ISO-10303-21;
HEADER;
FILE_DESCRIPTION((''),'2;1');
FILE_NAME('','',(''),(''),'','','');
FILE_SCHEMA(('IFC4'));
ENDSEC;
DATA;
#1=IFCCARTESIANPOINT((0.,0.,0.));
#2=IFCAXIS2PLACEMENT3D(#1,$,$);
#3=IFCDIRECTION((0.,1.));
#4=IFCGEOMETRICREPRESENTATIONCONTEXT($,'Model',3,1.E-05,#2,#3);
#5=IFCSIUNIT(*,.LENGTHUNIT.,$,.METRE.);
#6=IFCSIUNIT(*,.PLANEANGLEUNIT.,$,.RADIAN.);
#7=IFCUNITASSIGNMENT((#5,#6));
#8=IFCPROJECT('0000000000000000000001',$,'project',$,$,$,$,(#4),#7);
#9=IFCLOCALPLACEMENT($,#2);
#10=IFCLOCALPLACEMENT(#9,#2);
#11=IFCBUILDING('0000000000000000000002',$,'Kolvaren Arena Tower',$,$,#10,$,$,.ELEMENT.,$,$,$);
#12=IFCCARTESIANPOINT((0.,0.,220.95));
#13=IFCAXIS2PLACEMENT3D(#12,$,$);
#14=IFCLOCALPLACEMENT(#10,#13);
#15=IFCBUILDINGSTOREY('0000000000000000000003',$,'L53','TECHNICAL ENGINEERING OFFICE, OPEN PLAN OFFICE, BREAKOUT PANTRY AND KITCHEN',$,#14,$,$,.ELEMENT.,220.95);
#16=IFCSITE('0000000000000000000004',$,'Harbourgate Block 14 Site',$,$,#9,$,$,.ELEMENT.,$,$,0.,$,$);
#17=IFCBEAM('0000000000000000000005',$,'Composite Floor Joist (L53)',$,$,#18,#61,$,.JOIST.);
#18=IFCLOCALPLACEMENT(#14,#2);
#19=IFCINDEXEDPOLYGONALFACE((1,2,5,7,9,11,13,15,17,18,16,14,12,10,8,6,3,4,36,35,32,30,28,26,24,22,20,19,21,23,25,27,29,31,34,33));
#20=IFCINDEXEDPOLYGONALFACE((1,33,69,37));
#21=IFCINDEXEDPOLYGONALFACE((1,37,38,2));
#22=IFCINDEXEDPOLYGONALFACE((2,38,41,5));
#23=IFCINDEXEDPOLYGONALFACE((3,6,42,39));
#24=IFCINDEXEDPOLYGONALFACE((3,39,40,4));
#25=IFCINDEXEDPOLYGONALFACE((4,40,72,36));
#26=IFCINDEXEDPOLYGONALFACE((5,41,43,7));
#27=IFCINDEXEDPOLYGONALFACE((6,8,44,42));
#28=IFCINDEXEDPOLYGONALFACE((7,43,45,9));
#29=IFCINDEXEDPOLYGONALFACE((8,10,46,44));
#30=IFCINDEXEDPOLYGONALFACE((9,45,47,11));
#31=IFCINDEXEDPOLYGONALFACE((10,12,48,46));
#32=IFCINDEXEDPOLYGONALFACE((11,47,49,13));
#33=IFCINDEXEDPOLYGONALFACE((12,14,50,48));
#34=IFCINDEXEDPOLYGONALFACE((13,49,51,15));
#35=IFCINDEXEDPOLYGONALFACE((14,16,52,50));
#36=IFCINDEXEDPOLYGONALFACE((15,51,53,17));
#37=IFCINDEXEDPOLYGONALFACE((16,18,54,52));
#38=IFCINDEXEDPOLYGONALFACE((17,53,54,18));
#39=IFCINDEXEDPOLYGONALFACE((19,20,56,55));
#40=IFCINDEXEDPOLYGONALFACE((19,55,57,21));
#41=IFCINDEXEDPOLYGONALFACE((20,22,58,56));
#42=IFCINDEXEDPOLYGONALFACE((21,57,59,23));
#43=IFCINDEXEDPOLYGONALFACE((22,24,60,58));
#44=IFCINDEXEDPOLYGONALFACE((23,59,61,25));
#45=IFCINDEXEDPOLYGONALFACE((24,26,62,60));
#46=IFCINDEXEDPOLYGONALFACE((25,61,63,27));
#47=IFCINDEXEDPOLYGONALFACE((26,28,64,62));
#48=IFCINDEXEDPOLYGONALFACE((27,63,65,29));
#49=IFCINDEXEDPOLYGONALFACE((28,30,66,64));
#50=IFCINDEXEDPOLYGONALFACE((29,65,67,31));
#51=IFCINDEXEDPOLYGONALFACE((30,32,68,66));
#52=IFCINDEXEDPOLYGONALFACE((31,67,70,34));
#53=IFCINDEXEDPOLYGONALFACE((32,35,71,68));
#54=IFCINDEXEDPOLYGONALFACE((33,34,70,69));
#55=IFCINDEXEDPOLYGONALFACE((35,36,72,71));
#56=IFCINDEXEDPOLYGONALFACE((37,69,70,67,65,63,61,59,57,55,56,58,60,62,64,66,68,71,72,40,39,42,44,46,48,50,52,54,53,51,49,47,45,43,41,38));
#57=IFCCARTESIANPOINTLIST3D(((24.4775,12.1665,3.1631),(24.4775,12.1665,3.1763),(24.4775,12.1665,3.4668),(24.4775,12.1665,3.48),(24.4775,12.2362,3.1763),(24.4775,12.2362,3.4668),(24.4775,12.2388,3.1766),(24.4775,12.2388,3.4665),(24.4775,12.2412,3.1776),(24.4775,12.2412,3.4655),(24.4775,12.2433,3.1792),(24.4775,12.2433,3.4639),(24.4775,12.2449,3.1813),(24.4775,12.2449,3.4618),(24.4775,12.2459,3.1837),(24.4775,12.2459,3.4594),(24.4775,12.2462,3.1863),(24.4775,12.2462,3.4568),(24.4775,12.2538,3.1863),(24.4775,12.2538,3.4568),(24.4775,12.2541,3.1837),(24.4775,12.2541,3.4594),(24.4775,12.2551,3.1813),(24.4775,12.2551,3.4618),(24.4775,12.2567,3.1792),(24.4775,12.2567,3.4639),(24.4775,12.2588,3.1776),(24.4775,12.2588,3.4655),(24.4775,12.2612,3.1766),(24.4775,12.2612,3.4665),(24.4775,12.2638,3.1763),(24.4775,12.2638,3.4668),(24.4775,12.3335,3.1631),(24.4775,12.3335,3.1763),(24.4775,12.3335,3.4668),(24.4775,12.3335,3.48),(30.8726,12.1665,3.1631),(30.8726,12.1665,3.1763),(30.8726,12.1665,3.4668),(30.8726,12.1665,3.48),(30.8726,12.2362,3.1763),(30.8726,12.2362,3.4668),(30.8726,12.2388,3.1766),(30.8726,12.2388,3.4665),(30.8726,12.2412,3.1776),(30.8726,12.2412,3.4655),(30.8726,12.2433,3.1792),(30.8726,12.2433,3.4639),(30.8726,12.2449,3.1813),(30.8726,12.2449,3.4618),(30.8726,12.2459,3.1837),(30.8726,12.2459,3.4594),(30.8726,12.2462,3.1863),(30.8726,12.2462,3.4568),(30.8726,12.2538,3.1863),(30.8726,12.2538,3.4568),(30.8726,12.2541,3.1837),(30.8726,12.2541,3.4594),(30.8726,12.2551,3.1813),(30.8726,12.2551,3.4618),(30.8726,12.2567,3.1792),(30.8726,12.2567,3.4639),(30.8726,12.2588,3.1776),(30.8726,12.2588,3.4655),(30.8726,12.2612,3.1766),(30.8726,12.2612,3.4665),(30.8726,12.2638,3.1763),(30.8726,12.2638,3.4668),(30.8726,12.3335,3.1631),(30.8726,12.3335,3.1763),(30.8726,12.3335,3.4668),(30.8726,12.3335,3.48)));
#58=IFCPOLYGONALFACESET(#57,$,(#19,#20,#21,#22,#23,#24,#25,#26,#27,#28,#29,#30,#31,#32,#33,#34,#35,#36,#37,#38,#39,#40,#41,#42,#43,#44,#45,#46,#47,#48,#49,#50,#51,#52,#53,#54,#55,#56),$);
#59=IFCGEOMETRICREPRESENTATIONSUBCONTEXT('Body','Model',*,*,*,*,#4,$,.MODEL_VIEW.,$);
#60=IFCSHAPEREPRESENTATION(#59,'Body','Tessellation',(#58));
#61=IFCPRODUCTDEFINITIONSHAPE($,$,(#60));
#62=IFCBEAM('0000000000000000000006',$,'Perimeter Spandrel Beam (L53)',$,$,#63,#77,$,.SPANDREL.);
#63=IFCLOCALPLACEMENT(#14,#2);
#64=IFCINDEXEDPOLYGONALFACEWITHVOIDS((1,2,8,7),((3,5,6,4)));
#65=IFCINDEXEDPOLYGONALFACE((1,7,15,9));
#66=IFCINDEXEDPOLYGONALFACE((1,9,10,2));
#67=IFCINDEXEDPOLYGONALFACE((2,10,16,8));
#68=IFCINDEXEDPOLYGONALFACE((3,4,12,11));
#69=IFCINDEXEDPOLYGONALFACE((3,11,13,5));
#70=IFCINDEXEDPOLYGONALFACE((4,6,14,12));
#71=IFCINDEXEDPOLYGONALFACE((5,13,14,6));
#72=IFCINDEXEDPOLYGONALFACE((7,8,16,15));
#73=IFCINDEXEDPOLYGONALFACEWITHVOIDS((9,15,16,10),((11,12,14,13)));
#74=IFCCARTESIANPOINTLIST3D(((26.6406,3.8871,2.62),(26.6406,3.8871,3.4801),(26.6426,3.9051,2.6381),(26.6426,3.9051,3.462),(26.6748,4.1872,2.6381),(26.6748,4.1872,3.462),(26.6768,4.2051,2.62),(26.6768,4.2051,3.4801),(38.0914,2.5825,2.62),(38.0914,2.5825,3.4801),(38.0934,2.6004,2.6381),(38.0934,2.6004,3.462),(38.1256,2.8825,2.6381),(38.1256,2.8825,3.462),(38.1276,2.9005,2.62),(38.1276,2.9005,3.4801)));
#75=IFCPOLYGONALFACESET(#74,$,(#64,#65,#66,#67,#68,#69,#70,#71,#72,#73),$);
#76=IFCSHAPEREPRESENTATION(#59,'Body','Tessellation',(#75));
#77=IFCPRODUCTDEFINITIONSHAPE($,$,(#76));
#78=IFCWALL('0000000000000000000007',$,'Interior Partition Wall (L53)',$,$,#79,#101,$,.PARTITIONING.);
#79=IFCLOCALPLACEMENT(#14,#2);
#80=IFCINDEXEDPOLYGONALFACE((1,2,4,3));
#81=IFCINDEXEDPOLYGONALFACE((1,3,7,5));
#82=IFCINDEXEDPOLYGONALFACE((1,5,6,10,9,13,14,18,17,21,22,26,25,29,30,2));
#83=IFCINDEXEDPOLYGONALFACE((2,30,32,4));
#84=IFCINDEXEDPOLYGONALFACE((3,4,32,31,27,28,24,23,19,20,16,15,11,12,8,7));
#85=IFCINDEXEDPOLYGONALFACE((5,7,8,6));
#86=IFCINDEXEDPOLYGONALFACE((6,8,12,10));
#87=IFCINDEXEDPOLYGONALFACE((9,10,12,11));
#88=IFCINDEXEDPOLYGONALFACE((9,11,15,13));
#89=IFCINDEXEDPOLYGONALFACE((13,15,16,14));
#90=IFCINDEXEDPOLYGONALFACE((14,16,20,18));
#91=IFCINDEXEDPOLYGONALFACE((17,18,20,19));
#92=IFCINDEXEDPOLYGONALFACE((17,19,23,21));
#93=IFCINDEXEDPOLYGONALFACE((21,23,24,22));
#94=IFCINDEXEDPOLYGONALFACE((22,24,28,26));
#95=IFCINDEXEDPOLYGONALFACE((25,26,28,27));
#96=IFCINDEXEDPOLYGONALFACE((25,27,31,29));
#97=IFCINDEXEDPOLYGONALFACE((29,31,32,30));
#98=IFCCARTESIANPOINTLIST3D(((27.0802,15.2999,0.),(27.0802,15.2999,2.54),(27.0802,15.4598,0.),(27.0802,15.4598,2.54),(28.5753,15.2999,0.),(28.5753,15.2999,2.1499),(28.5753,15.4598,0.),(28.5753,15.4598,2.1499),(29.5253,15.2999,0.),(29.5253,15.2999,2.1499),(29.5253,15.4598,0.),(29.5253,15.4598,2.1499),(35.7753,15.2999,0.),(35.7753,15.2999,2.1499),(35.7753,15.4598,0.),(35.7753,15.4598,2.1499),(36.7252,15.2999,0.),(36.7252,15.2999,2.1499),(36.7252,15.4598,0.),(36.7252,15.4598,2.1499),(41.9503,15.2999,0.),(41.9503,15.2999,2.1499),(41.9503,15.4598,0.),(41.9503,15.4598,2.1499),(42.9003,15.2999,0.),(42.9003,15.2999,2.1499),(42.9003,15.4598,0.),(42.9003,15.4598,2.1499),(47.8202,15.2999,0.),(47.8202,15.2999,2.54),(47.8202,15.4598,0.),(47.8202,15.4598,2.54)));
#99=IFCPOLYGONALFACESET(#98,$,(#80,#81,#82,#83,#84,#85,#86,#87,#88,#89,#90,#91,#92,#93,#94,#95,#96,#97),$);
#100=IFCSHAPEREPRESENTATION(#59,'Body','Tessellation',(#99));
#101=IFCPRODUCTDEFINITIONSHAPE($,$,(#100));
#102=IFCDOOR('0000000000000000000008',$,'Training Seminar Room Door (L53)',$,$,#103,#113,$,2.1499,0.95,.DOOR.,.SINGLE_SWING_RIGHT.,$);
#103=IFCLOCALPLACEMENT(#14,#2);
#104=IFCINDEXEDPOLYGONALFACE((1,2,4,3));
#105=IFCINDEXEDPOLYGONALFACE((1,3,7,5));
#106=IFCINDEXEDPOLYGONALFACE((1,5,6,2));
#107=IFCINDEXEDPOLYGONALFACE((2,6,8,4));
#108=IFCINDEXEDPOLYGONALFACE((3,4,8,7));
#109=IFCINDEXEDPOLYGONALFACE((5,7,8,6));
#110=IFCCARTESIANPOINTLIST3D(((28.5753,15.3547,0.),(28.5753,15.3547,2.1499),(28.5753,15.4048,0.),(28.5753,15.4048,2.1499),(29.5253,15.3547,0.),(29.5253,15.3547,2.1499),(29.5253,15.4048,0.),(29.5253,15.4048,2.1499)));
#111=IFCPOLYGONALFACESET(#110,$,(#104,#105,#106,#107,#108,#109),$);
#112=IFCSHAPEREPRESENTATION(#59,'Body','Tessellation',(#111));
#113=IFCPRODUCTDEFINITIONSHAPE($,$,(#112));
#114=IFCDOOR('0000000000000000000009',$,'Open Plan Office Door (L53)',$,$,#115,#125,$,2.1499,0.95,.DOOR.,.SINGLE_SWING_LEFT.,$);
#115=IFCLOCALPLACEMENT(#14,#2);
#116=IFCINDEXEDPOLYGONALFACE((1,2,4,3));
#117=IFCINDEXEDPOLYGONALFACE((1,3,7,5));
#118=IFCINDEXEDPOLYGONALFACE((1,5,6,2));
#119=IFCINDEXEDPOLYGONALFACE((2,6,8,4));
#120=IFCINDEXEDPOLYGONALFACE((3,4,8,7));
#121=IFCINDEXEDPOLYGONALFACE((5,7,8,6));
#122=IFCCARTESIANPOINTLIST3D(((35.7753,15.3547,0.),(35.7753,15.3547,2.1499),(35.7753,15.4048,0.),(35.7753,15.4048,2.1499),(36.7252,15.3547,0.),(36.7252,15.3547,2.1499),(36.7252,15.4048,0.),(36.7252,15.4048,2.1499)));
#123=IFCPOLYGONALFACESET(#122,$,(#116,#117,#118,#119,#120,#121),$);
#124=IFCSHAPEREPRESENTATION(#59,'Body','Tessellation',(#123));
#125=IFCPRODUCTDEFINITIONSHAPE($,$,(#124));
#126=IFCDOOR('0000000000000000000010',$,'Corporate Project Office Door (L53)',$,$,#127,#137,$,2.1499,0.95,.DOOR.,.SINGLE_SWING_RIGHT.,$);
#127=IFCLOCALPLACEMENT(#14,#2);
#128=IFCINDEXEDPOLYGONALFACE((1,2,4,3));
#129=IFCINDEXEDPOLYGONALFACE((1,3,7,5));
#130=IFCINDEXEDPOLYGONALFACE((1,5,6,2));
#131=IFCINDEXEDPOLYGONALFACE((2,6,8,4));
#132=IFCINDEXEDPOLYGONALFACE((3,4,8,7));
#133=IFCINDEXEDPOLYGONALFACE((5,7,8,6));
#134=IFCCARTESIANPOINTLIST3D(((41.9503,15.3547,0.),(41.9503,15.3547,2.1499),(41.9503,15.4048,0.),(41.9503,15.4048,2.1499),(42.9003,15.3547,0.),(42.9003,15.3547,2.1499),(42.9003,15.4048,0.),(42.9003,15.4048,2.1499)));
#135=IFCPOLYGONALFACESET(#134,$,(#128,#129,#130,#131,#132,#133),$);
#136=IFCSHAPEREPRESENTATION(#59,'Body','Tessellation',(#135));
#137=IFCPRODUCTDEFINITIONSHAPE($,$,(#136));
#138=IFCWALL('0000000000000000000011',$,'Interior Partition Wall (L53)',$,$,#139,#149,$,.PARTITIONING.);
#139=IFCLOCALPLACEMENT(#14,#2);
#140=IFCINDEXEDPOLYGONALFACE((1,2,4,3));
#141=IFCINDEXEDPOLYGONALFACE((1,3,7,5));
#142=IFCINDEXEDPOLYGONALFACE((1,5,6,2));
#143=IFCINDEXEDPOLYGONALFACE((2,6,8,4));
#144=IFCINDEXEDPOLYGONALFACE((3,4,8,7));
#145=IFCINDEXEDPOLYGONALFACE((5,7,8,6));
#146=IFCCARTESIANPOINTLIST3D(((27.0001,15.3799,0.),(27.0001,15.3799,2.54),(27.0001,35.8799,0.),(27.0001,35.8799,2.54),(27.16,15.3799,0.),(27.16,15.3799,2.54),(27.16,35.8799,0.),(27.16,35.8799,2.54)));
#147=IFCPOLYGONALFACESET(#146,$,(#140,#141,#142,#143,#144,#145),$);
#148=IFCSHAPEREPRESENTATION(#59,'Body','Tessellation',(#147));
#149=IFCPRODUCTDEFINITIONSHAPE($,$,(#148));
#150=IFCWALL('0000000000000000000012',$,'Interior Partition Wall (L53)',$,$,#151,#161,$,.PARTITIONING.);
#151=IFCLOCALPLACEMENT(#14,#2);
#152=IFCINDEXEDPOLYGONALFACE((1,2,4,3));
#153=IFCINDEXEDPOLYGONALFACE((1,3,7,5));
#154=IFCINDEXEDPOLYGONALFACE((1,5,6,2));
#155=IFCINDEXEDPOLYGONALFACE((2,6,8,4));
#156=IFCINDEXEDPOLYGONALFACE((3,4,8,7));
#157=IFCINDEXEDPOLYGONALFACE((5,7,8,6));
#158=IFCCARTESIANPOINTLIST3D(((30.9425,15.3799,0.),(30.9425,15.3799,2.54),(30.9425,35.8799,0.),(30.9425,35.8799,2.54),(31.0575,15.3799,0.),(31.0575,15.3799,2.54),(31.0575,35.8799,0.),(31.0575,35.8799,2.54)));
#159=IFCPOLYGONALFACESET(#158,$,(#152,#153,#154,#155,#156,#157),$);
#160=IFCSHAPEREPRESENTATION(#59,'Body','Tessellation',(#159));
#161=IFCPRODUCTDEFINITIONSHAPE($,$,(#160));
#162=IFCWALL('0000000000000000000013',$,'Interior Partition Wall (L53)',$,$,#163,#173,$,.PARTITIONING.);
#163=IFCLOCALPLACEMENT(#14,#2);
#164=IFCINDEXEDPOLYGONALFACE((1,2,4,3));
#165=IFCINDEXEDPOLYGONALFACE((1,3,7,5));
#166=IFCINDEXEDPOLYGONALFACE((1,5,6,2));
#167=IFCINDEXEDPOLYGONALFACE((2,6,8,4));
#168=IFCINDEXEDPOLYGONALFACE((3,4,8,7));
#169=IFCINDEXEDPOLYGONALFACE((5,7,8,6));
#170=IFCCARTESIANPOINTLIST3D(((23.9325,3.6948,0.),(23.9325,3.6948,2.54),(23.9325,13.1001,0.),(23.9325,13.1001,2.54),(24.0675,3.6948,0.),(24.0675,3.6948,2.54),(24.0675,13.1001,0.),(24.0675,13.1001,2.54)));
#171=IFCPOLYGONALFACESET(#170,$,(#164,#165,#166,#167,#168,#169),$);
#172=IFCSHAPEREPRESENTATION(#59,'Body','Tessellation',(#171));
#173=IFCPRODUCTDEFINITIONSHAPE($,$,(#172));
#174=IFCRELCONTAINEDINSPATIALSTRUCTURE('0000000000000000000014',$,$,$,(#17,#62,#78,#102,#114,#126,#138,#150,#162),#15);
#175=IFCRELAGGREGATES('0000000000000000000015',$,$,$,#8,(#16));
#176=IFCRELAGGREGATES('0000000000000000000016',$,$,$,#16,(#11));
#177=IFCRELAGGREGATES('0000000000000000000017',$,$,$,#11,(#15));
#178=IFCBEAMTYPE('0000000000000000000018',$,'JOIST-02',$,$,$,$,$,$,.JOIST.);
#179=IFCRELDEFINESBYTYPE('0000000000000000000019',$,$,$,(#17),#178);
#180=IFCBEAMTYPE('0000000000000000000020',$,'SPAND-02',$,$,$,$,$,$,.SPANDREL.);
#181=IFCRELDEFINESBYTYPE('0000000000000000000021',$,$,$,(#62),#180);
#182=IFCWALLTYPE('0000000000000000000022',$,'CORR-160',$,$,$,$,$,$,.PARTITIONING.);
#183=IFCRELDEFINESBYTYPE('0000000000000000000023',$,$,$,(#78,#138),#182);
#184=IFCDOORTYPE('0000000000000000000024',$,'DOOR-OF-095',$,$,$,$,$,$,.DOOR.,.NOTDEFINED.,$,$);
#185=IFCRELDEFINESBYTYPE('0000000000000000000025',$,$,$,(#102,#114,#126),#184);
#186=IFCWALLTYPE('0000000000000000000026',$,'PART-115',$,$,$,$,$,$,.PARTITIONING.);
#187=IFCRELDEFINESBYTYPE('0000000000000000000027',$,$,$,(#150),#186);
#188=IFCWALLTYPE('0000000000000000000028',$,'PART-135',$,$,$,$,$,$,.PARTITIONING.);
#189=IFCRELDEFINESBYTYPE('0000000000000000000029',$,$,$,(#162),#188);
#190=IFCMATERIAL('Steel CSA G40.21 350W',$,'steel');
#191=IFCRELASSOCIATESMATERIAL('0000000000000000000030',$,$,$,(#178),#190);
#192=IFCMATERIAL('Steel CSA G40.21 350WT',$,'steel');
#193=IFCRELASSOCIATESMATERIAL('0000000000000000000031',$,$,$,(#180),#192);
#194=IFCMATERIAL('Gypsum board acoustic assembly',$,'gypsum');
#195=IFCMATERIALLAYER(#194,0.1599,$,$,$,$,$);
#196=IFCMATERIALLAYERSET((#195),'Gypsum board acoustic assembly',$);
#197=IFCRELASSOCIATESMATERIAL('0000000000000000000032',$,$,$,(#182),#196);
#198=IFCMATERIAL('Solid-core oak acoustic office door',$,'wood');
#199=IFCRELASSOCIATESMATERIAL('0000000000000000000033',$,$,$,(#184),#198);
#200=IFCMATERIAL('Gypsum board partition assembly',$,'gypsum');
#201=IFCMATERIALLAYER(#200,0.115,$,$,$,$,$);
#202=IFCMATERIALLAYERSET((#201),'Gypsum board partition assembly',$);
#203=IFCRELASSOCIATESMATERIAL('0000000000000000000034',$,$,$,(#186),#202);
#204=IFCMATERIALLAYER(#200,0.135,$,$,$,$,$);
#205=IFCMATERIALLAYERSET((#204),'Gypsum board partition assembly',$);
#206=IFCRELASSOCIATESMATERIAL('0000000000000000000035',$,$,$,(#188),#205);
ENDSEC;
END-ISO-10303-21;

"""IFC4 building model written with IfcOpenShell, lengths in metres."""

from ifc_helpers import new_model, si_unit, direction, frame, frame_2d, origin, origin_2d, place, context, subcontext, project, spatial, rectangle, hollow_rectangle, i_section, extrude, material, layer, layer_set, material_profile, profile_set, type_object, element, fill, save


model = new_model("IFC4")

# Units and contexts
model_context = context("Model", 3, precision=1e-05, world=origin(), true_north=direction((0.0, 1.0)))
body_context = subcontext(model_context, "Body", "Model", "MODEL_VIEW")
ifc_project = project(units=[si_unit("LENGTHUNIT", "METRE"), si_unit("PLANEANGLEUNIT", "RADIAN")], contexts=[model_context])

# Site, building, storey
site_placement = place(None, origin())
site = spatial("IfcSite", under=ifc_project, at=site_placement, Name="Harbourgate Block 14 Site", CompositionType="ELEMENT", RefElevation=0.0)
building_placement = place(site_placement, origin())
building = spatial("IfcBuilding", under=site, at=building_placement, Name="Kolvaren Arena Tower", CompositionType="ELEMENT")
storey_placement = place(building_placement, frame((0.0, 0.0, 220.95)))
storey = spatial("IfcBuildingStorey", under=building, at=storey_placement, Name="L53", Description="TECHNICAL ENGINEERING OFFICE, OPEN PLAN OFFICE, BREAKOUT PANTRY AND KITCHEN", CompositionType="ELEMENT", Elevation=220.95)

# Beams
ifc_material_1 = material(Name="Steel CSA G40.21 350W", Category="steel")
ifc_material_profile_1 = material_profile(ifc_material_1, i_section(OverallWidth=0.167, OverallDepth=0.3169, WebThickness=0.0076, FlangeThickness=0.0132, FilletRadius=0.01, at=origin_2d()), Name="W310x52")
ifc_profile_set_1 = profile_set([ifc_material_profile_1], Name="Steel CSA G40.21 350W")
beam_type_1 = type_object("IfcBeamType", Name="JOIST-02", PredefinedType="JOIST", material=ifc_profile_set_1)
beam_1_placement = place(storey_placement, frame((24.4775, 12.25, 3.3215), z_axis=(1.0, 0.0, 0.0), x_axis=(0.0, 1.0, 0.0)))
element("IfcBeam", 1, at=beam_1_placement, inside=storey, type_object=beam_type_1, Name="Composite Floor Joist (L53)", PredefinedType="JOIST", context=body_context, shape_type="SweptSolid", body=[
    extrude(i_section(OverallWidth=0.167, OverallDepth=0.3169, WebThickness=0.0076, FlangeThickness=0.0132, FilletRadius=0.01, at=origin_2d()), origin(), (0.0, 0.0, 1.0), 6.395),
])
ifc_material_2 = material(Name="Steel CSA G40.21 350WT", Category="steel")
ifc_material_profile_2 = material_profile(ifc_material_2, hollow_rectangle(XDim=0.3201, YDim=0.8601, WallThickness=0.0181, at=origin_2d()), Name="HSS 860x320x18")
ifc_profile_set_2 = profile_set([ifc_material_profile_2], Name="Steel CSA G40.21 350WT")
beam_type_2 = type_object("IfcBeamType", Name="SPAND-02", PredefinedType="SPANDREL", material=ifc_profile_set_2)
beam_2_placement = place(storey_placement, frame((26.6587, 4.0461, 3.05), z_axis=(0.993572, -0.113205, 0.0), x_axis=(0.113205, 0.993572, 0.0)))
element("IfcBeam", 2, at=beam_2_placement, inside=storey, type_object=beam_type_2, Name="Perimeter Spandrel Beam (L53)", PredefinedType="SPANDREL", context=body_context, shape_type="SweptSolid", body=[
    extrude(hollow_rectangle(XDim=0.3201, YDim=0.8601, WallThickness=0.0181, at=origin_2d()), origin(), (0.0, 0.0, 1.0), 11.5249),
])

# Wall, openings, doors
ifc_material_3 = material(Name="Gypsum board acoustic assembly", Category="gypsum")
ifc_layer_1 = layer(ifc_material_3, 0.1599)
ifc_layer_set_1 = layer_set([ifc_layer_1], Name="Gypsum board acoustic assembly")
wall_type_1 = type_object("IfcWallType", Name="CORR-160", PredefinedType="PARTITIONING", material=ifc_layer_set_1)
wall_1_placement = place(storey_placement, frame((27.0801, 15.3799, 0.0), z_axis=(0.0, 0.0, 1.0), x_axis=(1.0, 0.0, 0.0)))
wall_1 = element("IfcWall", 3, at=wall_1_placement, inside=storey, type_object=wall_type_1, Name="Interior Partition Wall (L53)", PredefinedType="PARTITIONING", context=body_context, shape_type="SweptSolid", body=[
    extrude(rectangle(XDim=20.74, YDim=0.1599, at=frame_2d((10.3701, 0.0))), origin(), (0.0, 0.0, 1.0), 2.54),
])
opening_1_placement = place(wall_1_placement, frame((1.4951, 0.0, 0.0)))
opening_1 = element("IfcOpeningElement", 4, at=opening_1_placement, cuts=wall_1, PredefinedType="OPENING", context=body_context, shape_type="SweptSolid", body=[
    extrude(rectangle(XDim=0.95, YDim=2.1499, at=frame_2d((0.4751, 1.075))), frame((0.0, 0.0898, 0.0), z_axis=(0.0, -1.0, 0.0), x_axis=(1.0, 0.0, 0.0)), (0.0, 0.0, 1.0), 0.1799),
])
opening_2_placement = place(wall_1_placement, frame((8.6951, 0.0, 0.0)))
opening_2 = element("IfcOpeningElement", 5, at=opening_2_placement, cuts=wall_1, PredefinedType="OPENING", context=body_context, shape_type="SweptSolid", body=[
    extrude(rectangle(XDim=0.95, YDim=2.1499, at=frame_2d((0.4751, 1.075))), frame((0.0, 0.0898, 0.0), z_axis=(0.0, -1.0, 0.0), x_axis=(1.0, 0.0, 0.0)), (0.0, 0.0, 1.0), 0.1799),
])
opening_3_placement = place(wall_1_placement, frame((14.8701, 0.0, 0.0)))
opening_3 = element("IfcOpeningElement", 6, at=opening_3_placement, cuts=wall_1, PredefinedType="OPENING", context=body_context, shape_type="SweptSolid", body=[
    extrude(rectangle(XDim=0.95, YDim=2.1499, at=frame_2d((0.4751, 1.075))), frame((0.0, 0.0898, 0.0), z_axis=(0.0, -1.0, 0.0), x_axis=(1.0, 0.0, 0.0)), (0.0, 0.0, 1.0), 0.1799),
])
ifc_material_4 = material(Name="Solid-core oak acoustic office door", Category="wood")
door_type = type_object("IfcDoorType", Name="DOOR-OF-095", OperationType="NOTDEFINED", PredefinedType="DOOR", material=ifc_material_4)
door_1_placement = place(opening_1_placement, origin())
door_1 = element("IfcDoor", 7, at=door_1_placement, inside=storey, type_object=door_type, Name="Training Seminar Room Door (L53)", OperationType="SINGLE_SWING_RIGHT", OverallHeight=2.1499, OverallWidth=0.95, PredefinedType="DOOR", context=body_context, shape_type="SweptSolid", body=[
    extrude(rectangle(XDim=0.95, YDim=2.1499, at=frame_2d((0.4751, 1.075))), frame((0.0, 0.0249, 0.0), z_axis=(0.0, -1.0, 0.0), x_axis=(1.0, 0.0, 0.0)), (0.0, 0.0, 1.0), 0.05),
])
fill(opening_1, door_1)
door_2_placement = place(opening_2_placement, origin())
door_2 = element("IfcDoor", 8, at=door_2_placement, inside=storey, type_object=door_type, Name="Open Plan Office Door (L53)", OperationType="SINGLE_SWING_LEFT", OverallHeight=2.1499, OverallWidth=0.95, PredefinedType="DOOR", context=body_context, shape_type="SweptSolid", body=[
    extrude(rectangle(XDim=0.95, YDim=2.1499, at=frame_2d((0.4751, 1.075))), frame((0.0, 0.0249, 0.0), z_axis=(0.0, -1.0, 0.0), x_axis=(1.0, 0.0, 0.0)), (0.0, 0.0, 1.0), 0.05),
])
fill(opening_2, door_2)
door_3_placement = place(opening_3_placement, origin())
door_3 = element("IfcDoor", 9, at=door_3_placement, inside=storey, type_object=door_type, Name="Corporate Project Office Door (L53)", OperationType="SINGLE_SWING_RIGHT", OverallHeight=2.1499, OverallWidth=0.95, PredefinedType="DOOR", context=body_context, shape_type="SweptSolid", body=[
    extrude(rectangle(XDim=0.95, YDim=2.1499, at=frame_2d((0.4751, 1.075))), frame((0.0, 0.0249, 0.0), z_axis=(0.0, -1.0, 0.0), x_axis=(1.0, 0.0, 0.0)), (0.0, 0.0, 1.0), 0.05),
])
fill(opening_3, door_3)

# Walls
wall_2_placement = place(storey_placement, frame((27.0801, 15.3799, 0.0), z_axis=(0.0, 0.0, 1.0), x_axis=(0.0, 1.0, 0.0)))
element("IfcWall", 10, at=wall_2_placement, inside=storey, type_object=wall_type_1, Name="Interior Partition Wall (L53)", PredefinedType="PARTITIONING", context=body_context, shape_type="SweptSolid", body=[
    extrude(rectangle(XDim=20.5, YDim=0.1599, at=frame_2d((10.25, 0.0))), origin(), (0.0, 0.0, 1.0), 2.54),
])
ifc_material_5 = material(Name="Gypsum board partition assembly", Category="gypsum")
ifc_layer_2 = layer(ifc_material_5, 0.115)
ifc_layer_set_2 = layer_set([ifc_layer_2], Name="Gypsum board partition assembly")
wall_type_2 = type_object("IfcWallType", Name="PART-115", PredefinedType="PARTITIONING", material=ifc_layer_set_2)
wall_3_placement = place(storey_placement, frame((31.0, 15.3799, 0.0), z_axis=(0.0, 0.0, 1.0), x_axis=(0.0, 1.0, 0.0)))
element("IfcWall", 11, at=wall_3_placement, inside=storey, type_object=wall_type_2, Name="Interior Partition Wall (L53)", PredefinedType="PARTITIONING", context=body_context, shape_type="SweptSolid", body=[
    extrude(rectangle(XDim=20.5, YDim=0.115, at=frame_2d((10.25, 0.0))), origin(), (0.0, 0.0, 1.0), 2.54),
])
ifc_layer_3 = layer(ifc_material_5, 0.135)
ifc_layer_set_3 = layer_set([ifc_layer_3], Name="Gypsum board partition assembly")
wall_type_3 = type_object("IfcWallType", Name="PART-135", PredefinedType="PARTITIONING", material=ifc_layer_set_3)
wall_4_placement = place(storey_placement, frame((24.0, 3.6948, 0.0), z_axis=(0.0, 0.0, 1.0), x_axis=(0.0, 1.0, 0.0)))
element("IfcWall", 12, at=wall_4_placement, inside=storey, type_object=wall_type_3, Name="Interior Partition Wall (L53)", PredefinedType="PARTITIONING", context=body_context, shape_type="SweptSolid", body=[
    extrude(rectangle(XDim=9.4053, YDim=0.135, at=frame_2d((4.7026, 0.0))), origin(), (0.0, 0.0, 1.0), 2.54),
])

save(model, "model.ifc")
